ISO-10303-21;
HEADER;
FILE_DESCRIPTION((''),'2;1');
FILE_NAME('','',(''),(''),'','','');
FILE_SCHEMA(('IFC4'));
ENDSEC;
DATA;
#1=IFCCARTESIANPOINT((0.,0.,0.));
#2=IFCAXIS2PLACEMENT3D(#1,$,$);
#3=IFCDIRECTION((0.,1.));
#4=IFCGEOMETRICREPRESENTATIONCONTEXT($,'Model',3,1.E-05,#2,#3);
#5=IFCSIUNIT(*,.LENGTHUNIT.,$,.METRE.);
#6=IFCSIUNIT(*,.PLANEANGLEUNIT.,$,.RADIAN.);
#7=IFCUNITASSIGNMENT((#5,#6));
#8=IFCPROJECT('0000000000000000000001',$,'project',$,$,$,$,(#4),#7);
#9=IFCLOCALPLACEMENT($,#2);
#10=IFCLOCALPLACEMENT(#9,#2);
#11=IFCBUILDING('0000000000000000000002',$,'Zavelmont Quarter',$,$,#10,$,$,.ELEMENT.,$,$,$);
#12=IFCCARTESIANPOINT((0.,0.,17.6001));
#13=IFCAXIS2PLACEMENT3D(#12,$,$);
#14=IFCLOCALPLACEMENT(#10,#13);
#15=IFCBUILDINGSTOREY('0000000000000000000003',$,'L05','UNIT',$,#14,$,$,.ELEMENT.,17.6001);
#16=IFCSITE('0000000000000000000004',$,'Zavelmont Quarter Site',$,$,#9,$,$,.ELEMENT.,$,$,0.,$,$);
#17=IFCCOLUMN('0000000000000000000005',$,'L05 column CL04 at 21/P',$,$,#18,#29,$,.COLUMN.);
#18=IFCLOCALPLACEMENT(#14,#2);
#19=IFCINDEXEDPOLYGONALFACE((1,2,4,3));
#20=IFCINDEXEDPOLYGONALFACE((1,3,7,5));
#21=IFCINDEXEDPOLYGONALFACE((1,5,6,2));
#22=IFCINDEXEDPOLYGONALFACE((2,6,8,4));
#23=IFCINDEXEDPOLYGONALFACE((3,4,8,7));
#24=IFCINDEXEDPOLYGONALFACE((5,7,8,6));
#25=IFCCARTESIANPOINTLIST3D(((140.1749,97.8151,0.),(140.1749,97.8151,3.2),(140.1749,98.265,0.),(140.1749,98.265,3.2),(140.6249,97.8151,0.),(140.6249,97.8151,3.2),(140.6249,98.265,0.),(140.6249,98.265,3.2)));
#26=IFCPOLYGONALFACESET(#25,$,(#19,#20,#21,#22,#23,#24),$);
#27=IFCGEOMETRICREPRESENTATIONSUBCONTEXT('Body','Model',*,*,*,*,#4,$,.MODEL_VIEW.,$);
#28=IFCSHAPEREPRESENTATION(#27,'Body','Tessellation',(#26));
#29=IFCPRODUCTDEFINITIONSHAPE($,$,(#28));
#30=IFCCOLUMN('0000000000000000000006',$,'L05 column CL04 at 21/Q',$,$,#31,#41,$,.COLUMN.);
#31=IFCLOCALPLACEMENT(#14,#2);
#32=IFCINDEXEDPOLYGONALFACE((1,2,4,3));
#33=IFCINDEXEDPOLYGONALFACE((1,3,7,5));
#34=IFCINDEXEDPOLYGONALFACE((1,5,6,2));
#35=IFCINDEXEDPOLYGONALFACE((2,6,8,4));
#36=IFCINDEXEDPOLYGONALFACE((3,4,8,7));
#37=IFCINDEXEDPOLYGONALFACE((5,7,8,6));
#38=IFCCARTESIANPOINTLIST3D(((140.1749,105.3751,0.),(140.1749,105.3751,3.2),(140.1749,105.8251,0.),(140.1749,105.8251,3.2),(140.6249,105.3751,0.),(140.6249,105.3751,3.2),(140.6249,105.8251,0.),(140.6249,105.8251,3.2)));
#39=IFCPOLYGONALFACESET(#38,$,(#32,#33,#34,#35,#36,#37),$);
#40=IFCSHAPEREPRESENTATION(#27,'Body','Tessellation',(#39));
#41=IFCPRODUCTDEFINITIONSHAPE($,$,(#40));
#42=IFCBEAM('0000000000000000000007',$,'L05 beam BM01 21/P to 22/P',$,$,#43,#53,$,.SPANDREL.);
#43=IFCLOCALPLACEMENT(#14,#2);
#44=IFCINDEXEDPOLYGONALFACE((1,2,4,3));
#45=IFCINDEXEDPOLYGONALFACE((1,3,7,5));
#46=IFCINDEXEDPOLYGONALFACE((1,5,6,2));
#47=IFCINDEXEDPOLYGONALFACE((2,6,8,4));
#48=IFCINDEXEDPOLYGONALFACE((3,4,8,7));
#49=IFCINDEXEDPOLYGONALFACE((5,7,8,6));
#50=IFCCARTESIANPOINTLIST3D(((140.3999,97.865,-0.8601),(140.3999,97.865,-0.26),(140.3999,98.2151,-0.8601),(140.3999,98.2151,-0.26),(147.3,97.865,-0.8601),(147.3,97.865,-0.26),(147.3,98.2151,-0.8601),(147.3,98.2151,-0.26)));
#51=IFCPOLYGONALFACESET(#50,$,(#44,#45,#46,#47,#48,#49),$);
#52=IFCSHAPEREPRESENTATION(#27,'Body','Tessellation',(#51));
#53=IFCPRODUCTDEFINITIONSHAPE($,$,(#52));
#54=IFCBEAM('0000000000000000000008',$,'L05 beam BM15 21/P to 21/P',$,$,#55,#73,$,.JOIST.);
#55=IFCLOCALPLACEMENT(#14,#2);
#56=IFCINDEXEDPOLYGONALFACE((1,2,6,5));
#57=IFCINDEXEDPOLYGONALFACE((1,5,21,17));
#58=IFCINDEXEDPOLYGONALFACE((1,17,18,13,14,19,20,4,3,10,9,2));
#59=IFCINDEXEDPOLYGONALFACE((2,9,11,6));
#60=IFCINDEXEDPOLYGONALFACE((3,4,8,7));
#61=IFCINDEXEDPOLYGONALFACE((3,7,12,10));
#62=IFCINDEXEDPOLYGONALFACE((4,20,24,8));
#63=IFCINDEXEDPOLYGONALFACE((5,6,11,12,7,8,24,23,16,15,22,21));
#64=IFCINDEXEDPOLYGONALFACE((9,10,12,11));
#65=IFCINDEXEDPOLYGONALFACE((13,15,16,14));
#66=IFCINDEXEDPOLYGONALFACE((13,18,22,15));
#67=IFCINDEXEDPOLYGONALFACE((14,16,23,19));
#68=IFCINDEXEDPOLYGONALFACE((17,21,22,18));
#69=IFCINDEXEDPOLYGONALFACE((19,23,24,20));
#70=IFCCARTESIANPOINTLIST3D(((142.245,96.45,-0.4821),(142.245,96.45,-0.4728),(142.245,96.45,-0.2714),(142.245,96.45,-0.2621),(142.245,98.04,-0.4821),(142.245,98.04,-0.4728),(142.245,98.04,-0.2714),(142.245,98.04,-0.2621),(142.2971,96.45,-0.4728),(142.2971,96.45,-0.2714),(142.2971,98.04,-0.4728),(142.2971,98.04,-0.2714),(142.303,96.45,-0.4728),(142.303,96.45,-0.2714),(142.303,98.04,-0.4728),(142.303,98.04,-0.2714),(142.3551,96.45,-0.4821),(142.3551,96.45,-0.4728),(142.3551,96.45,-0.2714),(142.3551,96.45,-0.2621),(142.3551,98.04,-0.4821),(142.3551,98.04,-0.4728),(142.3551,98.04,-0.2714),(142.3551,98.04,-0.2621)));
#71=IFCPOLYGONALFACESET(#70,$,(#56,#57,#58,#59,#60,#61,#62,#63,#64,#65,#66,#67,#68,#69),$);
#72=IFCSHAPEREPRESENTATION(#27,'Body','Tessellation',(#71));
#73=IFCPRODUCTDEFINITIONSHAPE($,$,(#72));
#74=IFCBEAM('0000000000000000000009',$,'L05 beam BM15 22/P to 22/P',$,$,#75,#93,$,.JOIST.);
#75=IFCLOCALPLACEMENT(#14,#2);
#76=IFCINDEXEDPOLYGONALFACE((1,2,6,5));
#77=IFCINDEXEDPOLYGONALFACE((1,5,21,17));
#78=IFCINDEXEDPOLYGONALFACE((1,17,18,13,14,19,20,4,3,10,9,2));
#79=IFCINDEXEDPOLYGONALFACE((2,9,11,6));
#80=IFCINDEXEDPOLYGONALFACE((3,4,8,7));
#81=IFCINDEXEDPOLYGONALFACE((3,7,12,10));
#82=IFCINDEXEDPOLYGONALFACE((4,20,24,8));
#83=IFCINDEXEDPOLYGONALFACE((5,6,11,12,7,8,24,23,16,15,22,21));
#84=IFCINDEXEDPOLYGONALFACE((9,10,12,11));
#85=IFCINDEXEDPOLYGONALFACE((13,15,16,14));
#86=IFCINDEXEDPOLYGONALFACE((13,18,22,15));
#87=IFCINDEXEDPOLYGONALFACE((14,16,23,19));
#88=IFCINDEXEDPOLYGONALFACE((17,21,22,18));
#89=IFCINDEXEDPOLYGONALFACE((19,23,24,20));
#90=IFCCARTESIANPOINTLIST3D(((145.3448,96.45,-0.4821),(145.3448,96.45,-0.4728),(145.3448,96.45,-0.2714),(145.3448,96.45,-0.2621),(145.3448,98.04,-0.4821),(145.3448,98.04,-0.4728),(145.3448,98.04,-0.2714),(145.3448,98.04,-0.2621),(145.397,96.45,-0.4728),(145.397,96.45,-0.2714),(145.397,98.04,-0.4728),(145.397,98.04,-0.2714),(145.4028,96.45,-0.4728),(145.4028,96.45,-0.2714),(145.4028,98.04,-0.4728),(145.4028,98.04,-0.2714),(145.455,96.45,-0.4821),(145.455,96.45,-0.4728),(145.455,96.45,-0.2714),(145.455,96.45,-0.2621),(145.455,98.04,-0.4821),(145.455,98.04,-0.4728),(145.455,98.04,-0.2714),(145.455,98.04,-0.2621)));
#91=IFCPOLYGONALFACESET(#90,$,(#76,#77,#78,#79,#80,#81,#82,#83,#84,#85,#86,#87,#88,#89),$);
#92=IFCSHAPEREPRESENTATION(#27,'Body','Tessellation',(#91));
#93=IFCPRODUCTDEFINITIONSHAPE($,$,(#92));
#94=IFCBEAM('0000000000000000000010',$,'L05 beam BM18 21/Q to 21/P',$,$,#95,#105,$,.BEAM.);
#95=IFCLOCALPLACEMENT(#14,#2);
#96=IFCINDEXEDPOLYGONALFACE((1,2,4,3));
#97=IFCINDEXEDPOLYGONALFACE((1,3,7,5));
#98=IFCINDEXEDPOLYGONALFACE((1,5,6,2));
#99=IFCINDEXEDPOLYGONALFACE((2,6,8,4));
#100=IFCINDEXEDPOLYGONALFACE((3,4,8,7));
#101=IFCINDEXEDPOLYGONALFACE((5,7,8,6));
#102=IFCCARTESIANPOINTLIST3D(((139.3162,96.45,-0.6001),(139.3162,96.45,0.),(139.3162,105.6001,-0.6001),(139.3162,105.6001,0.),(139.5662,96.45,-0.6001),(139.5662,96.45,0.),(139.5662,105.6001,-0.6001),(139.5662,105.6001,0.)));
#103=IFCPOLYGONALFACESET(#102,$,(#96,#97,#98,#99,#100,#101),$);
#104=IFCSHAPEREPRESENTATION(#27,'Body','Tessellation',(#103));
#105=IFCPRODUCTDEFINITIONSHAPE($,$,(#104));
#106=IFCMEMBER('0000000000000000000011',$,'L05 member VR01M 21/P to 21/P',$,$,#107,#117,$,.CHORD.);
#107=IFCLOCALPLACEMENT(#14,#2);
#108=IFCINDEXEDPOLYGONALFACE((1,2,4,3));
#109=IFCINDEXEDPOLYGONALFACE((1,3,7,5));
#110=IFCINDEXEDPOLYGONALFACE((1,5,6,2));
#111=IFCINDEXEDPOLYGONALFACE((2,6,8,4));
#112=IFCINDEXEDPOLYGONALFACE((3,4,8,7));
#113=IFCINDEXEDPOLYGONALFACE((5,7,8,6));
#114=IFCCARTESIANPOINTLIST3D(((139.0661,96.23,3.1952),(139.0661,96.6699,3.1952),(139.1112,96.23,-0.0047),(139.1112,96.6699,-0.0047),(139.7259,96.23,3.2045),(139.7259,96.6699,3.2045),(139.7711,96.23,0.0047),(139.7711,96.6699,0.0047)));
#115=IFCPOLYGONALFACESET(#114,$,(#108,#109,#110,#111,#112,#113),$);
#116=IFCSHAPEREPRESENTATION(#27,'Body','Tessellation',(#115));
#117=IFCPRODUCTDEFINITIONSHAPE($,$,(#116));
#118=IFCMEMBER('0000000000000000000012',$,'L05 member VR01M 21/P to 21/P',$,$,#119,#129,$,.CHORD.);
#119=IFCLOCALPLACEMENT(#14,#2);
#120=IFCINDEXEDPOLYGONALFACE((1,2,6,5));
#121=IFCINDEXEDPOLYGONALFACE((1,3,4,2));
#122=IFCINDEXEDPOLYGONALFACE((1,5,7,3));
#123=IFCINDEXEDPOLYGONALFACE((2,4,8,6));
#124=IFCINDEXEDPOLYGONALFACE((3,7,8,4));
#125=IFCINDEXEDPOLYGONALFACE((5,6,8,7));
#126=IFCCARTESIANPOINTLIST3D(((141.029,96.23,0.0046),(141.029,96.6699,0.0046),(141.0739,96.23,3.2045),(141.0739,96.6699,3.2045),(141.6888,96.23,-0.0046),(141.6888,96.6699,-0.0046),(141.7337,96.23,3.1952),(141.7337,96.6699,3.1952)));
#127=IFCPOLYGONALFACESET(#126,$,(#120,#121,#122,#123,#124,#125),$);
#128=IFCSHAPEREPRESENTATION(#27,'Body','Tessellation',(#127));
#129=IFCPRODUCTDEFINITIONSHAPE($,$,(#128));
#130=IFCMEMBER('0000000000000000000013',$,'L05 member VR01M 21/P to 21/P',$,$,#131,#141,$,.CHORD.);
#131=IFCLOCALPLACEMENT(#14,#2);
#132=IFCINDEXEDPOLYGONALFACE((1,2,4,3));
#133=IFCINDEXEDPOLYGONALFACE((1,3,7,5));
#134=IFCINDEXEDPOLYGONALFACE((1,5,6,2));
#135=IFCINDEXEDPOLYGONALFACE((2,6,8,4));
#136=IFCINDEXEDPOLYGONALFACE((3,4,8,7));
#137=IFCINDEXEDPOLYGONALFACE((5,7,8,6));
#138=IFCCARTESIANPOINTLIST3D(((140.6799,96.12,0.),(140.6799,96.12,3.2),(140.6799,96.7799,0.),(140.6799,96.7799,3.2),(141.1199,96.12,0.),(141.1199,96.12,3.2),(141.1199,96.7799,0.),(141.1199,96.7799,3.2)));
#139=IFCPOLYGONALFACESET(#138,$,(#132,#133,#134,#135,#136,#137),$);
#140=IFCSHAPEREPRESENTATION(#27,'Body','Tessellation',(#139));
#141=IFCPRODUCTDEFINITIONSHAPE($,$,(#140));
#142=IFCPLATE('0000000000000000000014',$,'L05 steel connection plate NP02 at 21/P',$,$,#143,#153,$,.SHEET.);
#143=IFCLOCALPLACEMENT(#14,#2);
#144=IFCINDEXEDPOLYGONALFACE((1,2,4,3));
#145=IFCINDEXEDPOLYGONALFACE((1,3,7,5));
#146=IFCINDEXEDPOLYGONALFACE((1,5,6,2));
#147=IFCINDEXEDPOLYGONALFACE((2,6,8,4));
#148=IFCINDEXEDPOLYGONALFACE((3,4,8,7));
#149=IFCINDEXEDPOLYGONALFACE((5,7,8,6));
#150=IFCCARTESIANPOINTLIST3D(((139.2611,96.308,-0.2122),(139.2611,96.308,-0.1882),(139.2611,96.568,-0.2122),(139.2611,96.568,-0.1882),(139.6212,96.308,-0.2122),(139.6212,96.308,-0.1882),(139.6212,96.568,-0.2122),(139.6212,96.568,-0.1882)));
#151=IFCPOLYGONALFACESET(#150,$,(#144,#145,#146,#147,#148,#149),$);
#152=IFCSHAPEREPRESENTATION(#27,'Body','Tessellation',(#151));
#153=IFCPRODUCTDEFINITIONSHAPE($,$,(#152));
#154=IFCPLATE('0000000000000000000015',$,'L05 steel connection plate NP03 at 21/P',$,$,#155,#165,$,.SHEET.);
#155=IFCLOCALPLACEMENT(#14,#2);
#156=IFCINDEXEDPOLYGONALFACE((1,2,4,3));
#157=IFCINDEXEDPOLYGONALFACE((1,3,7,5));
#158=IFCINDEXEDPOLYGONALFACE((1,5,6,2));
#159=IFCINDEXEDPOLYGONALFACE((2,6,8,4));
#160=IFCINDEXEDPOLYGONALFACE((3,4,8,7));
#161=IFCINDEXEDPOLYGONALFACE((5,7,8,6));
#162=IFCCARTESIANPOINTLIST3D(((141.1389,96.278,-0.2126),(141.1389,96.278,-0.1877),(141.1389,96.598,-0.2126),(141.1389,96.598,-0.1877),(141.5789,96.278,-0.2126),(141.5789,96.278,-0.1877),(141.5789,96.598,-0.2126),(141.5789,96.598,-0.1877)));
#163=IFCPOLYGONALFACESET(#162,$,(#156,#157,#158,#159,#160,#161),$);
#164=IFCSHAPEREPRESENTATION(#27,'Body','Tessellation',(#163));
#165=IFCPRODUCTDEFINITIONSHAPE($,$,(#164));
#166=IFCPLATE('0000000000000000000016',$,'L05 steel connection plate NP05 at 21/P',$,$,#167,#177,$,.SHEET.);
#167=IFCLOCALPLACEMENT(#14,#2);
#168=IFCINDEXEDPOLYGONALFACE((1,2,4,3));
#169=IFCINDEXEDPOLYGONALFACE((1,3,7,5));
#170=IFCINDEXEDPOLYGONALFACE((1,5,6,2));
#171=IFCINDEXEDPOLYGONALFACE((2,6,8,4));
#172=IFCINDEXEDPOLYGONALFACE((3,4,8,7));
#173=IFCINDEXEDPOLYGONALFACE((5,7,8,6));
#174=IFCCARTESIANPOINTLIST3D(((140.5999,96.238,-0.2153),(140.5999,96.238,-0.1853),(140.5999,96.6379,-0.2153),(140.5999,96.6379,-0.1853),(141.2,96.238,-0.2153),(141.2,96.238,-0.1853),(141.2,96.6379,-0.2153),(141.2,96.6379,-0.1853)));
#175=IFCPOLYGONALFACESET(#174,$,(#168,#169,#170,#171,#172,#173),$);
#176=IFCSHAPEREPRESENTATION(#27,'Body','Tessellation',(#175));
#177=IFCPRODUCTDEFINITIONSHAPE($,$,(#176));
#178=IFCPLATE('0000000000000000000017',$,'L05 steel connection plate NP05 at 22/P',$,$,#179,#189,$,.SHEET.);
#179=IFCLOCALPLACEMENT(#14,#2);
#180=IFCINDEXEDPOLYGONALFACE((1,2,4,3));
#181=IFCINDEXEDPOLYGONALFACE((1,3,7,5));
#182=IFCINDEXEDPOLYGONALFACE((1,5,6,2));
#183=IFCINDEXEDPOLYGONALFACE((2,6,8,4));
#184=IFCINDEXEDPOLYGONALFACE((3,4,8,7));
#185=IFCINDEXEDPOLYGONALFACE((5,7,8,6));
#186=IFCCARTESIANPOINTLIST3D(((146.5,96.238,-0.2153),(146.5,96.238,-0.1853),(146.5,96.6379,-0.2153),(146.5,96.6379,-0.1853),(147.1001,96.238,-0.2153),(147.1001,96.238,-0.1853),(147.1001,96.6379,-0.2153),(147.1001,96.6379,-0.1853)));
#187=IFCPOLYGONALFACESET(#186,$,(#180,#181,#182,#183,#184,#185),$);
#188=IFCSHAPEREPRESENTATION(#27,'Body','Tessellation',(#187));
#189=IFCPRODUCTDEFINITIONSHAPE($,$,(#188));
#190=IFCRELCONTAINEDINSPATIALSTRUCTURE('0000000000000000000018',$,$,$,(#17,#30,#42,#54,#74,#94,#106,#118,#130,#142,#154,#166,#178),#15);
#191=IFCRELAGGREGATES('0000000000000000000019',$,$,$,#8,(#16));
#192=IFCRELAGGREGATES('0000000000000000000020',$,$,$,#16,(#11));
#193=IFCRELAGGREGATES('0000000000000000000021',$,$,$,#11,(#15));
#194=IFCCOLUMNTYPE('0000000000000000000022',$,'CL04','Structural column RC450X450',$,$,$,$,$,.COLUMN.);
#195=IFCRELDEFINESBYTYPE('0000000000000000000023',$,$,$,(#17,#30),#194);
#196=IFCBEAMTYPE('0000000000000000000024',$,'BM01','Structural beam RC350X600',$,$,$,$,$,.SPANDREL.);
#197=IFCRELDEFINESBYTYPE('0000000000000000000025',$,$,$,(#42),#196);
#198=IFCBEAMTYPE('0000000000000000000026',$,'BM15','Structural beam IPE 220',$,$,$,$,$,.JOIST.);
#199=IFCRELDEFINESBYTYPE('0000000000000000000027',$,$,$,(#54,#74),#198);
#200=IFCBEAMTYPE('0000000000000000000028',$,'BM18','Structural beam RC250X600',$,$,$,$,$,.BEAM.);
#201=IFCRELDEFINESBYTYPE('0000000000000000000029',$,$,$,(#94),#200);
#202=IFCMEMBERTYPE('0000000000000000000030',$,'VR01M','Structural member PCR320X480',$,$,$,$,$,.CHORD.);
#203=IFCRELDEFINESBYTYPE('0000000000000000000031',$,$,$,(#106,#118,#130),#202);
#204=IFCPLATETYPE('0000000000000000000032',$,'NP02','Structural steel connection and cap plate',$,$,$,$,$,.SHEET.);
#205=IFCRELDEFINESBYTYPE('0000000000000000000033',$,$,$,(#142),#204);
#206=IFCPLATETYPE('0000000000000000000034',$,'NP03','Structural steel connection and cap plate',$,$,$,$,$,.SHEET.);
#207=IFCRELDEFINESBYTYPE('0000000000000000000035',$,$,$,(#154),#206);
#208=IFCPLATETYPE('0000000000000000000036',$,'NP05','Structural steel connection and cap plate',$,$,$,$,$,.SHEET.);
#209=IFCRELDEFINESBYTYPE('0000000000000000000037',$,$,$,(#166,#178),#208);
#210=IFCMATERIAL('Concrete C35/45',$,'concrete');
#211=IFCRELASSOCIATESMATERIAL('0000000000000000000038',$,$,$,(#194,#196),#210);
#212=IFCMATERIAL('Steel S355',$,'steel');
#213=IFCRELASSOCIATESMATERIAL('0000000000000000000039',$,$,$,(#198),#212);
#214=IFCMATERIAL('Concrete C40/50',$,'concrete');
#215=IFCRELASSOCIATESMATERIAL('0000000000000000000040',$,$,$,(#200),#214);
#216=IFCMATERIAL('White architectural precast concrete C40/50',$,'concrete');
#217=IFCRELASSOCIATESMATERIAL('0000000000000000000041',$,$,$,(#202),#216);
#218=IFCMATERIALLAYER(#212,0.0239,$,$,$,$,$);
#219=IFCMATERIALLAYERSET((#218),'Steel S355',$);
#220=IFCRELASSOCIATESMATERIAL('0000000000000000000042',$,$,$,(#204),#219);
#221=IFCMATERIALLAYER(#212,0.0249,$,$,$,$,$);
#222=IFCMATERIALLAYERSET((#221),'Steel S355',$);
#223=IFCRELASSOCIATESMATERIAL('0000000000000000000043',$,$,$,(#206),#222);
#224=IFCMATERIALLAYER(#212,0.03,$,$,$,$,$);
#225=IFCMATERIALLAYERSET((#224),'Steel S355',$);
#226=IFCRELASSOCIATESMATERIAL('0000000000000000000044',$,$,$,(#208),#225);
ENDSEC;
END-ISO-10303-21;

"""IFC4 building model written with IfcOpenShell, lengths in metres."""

from ifc_helpers import new_model, si_unit, direction, frame, origin, origin_2d, place, context, subcontext, project, spatial, rectangle, i_section, extrude, material, layer, layer_set, material_profile, profile_set, type_object, element, save


model = new_model("IFC4")

# Units and contexts
model_context = context("Model", 3, precision=1e-05, world=origin(), true_north=direction((0.0, 1.0)))
body_context = subcontext(model_context, "Body", "Model", "MODEL_VIEW")
ifc_project = project(units=[si_unit("LENGTHUNIT", "METRE"), si_unit("PLANEANGLEUNIT", "RADIAN")], contexts=[model_context])

# Site, building, storey
site_placement = place(None, origin())
site = spatial("IfcSite", under=ifc_project, at=site_placement, Name="Zavelmont Quarter Site", CompositionType="ELEMENT", RefElevation=0.0)
building_placement = place(site_placement, origin())
building = spatial("IfcBuilding", under=site, at=building_placement, Name="Zavelmont Quarter", CompositionType="ELEMENT")
storey_placement = place(building_placement, frame((0.0, 0.0, 17.6001)))
storey = spatial("IfcBuildingStorey", under=building, at=storey_placement, Name="L05", Description="UNIT", CompositionType="ELEMENT", Elevation=17.6001)

# Columns
ifc_material_1 = material(Name="Concrete C35/45", Category="concrete")
ifc_material_profile_1 = material_profile(ifc_material_1, rectangle(XDim=0.45, YDim=0.45, at=origin_2d()), Name="RC450X450")
ifc_profile_set_1 = profile_set([ifc_material_profile_1], Name="Concrete C35/45")
column_type = type_object("IfcColumnType", Name="CL04", Description="Structural column RC450X450", PredefinedType="COLUMN", material=ifc_profile_set_1)
for number, where, z_axis, x_axis, name in (
    (1, (140.3999, 98.04, 0.0), (0.0, 0.0, 1.0), (1.0, 0.0, 0.0), "L05 column CL04 at 21/P"),
    (2, (140.3999, 105.6001, 0.0), (0.0, 0.0, 1.0), (1.0, 0.0, 0.0), "L05 column CL04 at 21/Q"),
):
    element("IfcColumn", number, at=place(storey_placement, frame(where, z_axis=z_axis, x_axis=x_axis)), inside=storey, type_object=column_type, Name=name, PredefinedType="COLUMN", context=body_context, shape_type="SweptSolid", body=[
        extrude(rectangle(XDim=0.45, YDim=0.45, at=origin_2d()), origin(), (0.0, 0.0, 1.0), 3.2),
    ])

# Beams
ifc_material_profile_2 = material_profile(ifc_material_1, rectangle(XDim=0.3501, YDim=0.6001, at=origin_2d()), Name="RC350X600")
ifc_profile_set_2 = profile_set([ifc_material_profile_2], Name="Concrete C35/45")
beam_type_1 = type_object("IfcBeamType", Name="BM01", Description="Structural beam RC350X600", PredefinedType="SPANDREL", material=ifc_profile_set_2)
beam_1_placement = place(storey_placement, frame((140.3999, 98.04, -0.5601), z_axis=(1.0, 0.0, 0.0), x_axis=(0.0, 1.0, 0.0)))
element("IfcBeam", 3, at=beam_1_placement, inside=storey, type_object=beam_type_1, Name="L05 beam BM01 21/P to 22/P", PredefinedType="SPANDREL", context=body_context, shape_type="SweptSolid", body=[
    extrude(rectangle(XDim=0.3501, YDim=0.6001, at=origin_2d()), origin(), (0.0, 0.0, 1.0), 6.9001),
])
ifc_material_2 = material(Name="Steel S355", Category="steel")
ifc_material_profile_3 = material_profile(ifc_material_2, i_section(OverallWidth=0.1101, OverallDepth=0.22, WebThickness=0.0059, FlangeThickness=0.0093, at=origin_2d()), Name="IPE 220")
ifc_profile_set_3 = profile_set([ifc_material_profile_3], Name="Steel S355")
beam_type_2 = type_object("IfcBeamType", Name="BM15", Description="Structural beam IPE 220", PredefinedType="JOIST", material=ifc_profile_set_3)
for number, where, z_axis, x_axis, name in (
    (4, (142.3, 98.04, -0.3721), (0.0, -1.0, 0.0), (1.0, 0.0, 0.0), "L05 beam BM15 21/P to 21/P"),
    (5, (145.3999, 98.04, -0.3721), (0.0, -1.0, 0.0), (1.0, 0.0, 0.0), "L05 beam BM15 22/P to 22/P"),
):
    element("IfcBeam", number, at=place(storey_placement, frame(where, z_axis=z_axis, x_axis=x_axis)), inside=storey, type_object=beam_type_2, Name=name, PredefinedType="JOIST", context=body_context, shape_type="SweptSolid", body=[
        extrude(i_section(OverallWidth=0.1101, OverallDepth=0.22, WebThickness=0.0059, FlangeThickness=0.0093, at=origin_2d()), origin(), (0.0, 0.0, 1.0), 1.5901),
    ])
ifc_material_3 = material(Name="Concrete C40/50", Category="concrete")
ifc_material_profile_4 = material_profile(ifc_material_3, rectangle(XDim=0.25, YDim=0.6001, at=origin_2d()), Name="RC250X600")
ifc_profile_set_4 = profile_set([ifc_material_profile_4], Name="Concrete C40/50")
beam_type_3 = type_object("IfcBeamType", Name="BM18", Description="Structural beam RC250X600", PredefinedType="BEAM", material=ifc_profile_set_4)
beam_2_placement = place(storey_placement, frame((139.4412, 105.6001, -0.3), z_axis=(0.0, -1.0, 0.0), x_axis=(1.0, 0.0, 0.0)))
element("IfcBeam", 6, at=beam_2_placement, inside=storey, type_object=beam_type_3, Name="L05 beam BM18 21/Q to 21/P", PredefinedType="BEAM", context=body_context, shape_type="SweptSolid", body=[
    extrude(rectangle(XDim=0.25, YDim=0.6001, at=origin_2d()), origin(), (0.0, 0.0, 1.0), 9.1501),
])

# Members
ifc_material_4 = material(Name="White architectural precast concrete C40/50", Category="concrete")
ifc_material_profile_5 = material_profile(ifc_material_4, rectangle(XDim=0.4399, YDim=0.6599, at=origin_2d()), Name="PCR320X480")
ifc_profile_set_5 = profile_set([ifc_material_profile_5], Name="White architectural precast concrete C40/50")
member_type = type_object("IfcMemberType", Name="VR01M", Description="Structural member PCR320X480", PredefinedType="CHORD", material=ifc_profile_set_5)
for number, where, z_axis, x_axis, name in (
    (7, (139.4412, 96.45, 0.0), (-0.014113, 0.0, 0.9999), (0.0, -1.0, 0.0), "L05 member VR01M 21/P to 21/P"),
    (8, (141.3589, 96.45, 0.0), (0.014037, 0.0, 0.999901), (0.0, 1.0, 0.0), "L05 member VR01M 21/P to 21/P"),
):
    element("IfcMember", number, at=place(storey_placement, frame(where, z_axis=z_axis, x_axis=x_axis)), inside=storey, type_object=member_type, Name=name, PredefinedType="CHORD", context=body_context, shape_type="SweptSolid", body=[
        extrude(rectangle(XDim=0.4399, YDim=0.6599, at=origin_2d()), origin(), (0.0, 0.0, 1.0), 3.2002),
    ])
member_placement = place(storey_placement, frame((140.8999, 96.45, 0.0), z_axis=(0.0, 0.0, 1.0), x_axis=(1.0, 0.0, 0.0)))
element("IfcMember", 9, at=member_placement, inside=storey, type_object=member_type, Name="L05 member VR01M 21/P to 21/P", PredefinedType="CHORD", context=body_context, shape_type="SweptSolid", body=[
    extrude(rectangle(XDim=0.4399, YDim=0.6599, at=origin_2d()), origin(), (0.0, 0.0, 1.0), 3.2),
])

# Plates
ifc_layer_1 = layer(ifc_material_2, 0.0239)
ifc_layer_set_1 = layer_set([ifc_layer_1], Name="Steel S355")
plate_type_1 = type_object("IfcPlateType", Name="NP02", Description="Structural steel connection and cap plate", PredefinedType="SHEET", material=ifc_layer_set_1)
plate_1_placement = place(storey_placement, frame((139.4412, 96.438, -0.2122), z_axis=(0.0, 0.0, 1.0), x_axis=(1.0, 0.0, 0.0)))
element("IfcPlate", 10, at=plate_1_placement, inside=storey, type_object=plate_type_1, Name="L05 steel connection plate NP02 at 21/P", PredefinedType="SHEET", context=body_context, shape_type="SweptSolid", body=[
    extrude(rectangle(XDim=0.3601, YDim=0.26, at=origin_2d()), origin(), (0.0, 0.0, 1.0), 0.0239),
])
ifc_layer_2 = layer(ifc_material_2, 0.0249)
ifc_layer_set_2 = layer_set([ifc_layer_2], Name="Steel S355")
plate_type_2 = type_object("IfcPlateType", Name="NP03", Description="Structural steel connection and cap plate", PredefinedType="SHEET", material=ifc_layer_set_2)
plate_2_placement = place(storey_placement, frame((141.3589, 96.438, -0.2126), z_axis=(0.0, 0.0, 1.0), x_axis=(1.0, 0.0, 0.0)))
element("IfcPlate", 11, at=plate_2_placement, inside=storey, type_object=plate_type_2, Name="L05 steel connection plate NP03 at 21/P", PredefinedType="SHEET", context=body_context, shape_type="SweptSolid", body=[
    extrude(rectangle(XDim=0.4399, YDim=0.3201, at=origin_2d()), origin(), (0.0, 0.0, 1.0), 0.0249),
])
ifc_layer_3 = layer(ifc_material_2, 0.03)
ifc_layer_set_3 = layer_set([ifc_layer_3], Name="Steel S355")
plate_type_3 = type_object("IfcPlateType", Name="NP05", Description="Structural steel connection and cap plate", PredefinedType="SHEET", material=ifc_layer_set_3)
for number, where, z_axis, x_axis, name in (
    (12, (140.8999, 96.438, -0.2153), (0.0, 0.0, 1.0), (1.0, 0.0, 0.0), "L05 steel connection plate NP05 at 21/P"),
    (13, (146.8, 96.438, -0.2153), (0.0, 0.0, 1.0), (1.0, 0.0, 0.0), "L05 steel connection plate NP05 at 22/P"),
):
    element("IfcPlate", number, at=place(storey_placement, frame(where, z_axis=z_axis, x_axis=x_axis)), inside=storey, type_object=plate_type_3, Name=name, PredefinedType="SHEET", context=body_context, shape_type="SweptSolid", body=[
        extrude(rectangle(XDim=0.6001, YDim=0.3999, at=origin_2d()), origin(), (0.0, 0.0, 1.0), 0.03),
    ])

save(model, "model.ifc")
